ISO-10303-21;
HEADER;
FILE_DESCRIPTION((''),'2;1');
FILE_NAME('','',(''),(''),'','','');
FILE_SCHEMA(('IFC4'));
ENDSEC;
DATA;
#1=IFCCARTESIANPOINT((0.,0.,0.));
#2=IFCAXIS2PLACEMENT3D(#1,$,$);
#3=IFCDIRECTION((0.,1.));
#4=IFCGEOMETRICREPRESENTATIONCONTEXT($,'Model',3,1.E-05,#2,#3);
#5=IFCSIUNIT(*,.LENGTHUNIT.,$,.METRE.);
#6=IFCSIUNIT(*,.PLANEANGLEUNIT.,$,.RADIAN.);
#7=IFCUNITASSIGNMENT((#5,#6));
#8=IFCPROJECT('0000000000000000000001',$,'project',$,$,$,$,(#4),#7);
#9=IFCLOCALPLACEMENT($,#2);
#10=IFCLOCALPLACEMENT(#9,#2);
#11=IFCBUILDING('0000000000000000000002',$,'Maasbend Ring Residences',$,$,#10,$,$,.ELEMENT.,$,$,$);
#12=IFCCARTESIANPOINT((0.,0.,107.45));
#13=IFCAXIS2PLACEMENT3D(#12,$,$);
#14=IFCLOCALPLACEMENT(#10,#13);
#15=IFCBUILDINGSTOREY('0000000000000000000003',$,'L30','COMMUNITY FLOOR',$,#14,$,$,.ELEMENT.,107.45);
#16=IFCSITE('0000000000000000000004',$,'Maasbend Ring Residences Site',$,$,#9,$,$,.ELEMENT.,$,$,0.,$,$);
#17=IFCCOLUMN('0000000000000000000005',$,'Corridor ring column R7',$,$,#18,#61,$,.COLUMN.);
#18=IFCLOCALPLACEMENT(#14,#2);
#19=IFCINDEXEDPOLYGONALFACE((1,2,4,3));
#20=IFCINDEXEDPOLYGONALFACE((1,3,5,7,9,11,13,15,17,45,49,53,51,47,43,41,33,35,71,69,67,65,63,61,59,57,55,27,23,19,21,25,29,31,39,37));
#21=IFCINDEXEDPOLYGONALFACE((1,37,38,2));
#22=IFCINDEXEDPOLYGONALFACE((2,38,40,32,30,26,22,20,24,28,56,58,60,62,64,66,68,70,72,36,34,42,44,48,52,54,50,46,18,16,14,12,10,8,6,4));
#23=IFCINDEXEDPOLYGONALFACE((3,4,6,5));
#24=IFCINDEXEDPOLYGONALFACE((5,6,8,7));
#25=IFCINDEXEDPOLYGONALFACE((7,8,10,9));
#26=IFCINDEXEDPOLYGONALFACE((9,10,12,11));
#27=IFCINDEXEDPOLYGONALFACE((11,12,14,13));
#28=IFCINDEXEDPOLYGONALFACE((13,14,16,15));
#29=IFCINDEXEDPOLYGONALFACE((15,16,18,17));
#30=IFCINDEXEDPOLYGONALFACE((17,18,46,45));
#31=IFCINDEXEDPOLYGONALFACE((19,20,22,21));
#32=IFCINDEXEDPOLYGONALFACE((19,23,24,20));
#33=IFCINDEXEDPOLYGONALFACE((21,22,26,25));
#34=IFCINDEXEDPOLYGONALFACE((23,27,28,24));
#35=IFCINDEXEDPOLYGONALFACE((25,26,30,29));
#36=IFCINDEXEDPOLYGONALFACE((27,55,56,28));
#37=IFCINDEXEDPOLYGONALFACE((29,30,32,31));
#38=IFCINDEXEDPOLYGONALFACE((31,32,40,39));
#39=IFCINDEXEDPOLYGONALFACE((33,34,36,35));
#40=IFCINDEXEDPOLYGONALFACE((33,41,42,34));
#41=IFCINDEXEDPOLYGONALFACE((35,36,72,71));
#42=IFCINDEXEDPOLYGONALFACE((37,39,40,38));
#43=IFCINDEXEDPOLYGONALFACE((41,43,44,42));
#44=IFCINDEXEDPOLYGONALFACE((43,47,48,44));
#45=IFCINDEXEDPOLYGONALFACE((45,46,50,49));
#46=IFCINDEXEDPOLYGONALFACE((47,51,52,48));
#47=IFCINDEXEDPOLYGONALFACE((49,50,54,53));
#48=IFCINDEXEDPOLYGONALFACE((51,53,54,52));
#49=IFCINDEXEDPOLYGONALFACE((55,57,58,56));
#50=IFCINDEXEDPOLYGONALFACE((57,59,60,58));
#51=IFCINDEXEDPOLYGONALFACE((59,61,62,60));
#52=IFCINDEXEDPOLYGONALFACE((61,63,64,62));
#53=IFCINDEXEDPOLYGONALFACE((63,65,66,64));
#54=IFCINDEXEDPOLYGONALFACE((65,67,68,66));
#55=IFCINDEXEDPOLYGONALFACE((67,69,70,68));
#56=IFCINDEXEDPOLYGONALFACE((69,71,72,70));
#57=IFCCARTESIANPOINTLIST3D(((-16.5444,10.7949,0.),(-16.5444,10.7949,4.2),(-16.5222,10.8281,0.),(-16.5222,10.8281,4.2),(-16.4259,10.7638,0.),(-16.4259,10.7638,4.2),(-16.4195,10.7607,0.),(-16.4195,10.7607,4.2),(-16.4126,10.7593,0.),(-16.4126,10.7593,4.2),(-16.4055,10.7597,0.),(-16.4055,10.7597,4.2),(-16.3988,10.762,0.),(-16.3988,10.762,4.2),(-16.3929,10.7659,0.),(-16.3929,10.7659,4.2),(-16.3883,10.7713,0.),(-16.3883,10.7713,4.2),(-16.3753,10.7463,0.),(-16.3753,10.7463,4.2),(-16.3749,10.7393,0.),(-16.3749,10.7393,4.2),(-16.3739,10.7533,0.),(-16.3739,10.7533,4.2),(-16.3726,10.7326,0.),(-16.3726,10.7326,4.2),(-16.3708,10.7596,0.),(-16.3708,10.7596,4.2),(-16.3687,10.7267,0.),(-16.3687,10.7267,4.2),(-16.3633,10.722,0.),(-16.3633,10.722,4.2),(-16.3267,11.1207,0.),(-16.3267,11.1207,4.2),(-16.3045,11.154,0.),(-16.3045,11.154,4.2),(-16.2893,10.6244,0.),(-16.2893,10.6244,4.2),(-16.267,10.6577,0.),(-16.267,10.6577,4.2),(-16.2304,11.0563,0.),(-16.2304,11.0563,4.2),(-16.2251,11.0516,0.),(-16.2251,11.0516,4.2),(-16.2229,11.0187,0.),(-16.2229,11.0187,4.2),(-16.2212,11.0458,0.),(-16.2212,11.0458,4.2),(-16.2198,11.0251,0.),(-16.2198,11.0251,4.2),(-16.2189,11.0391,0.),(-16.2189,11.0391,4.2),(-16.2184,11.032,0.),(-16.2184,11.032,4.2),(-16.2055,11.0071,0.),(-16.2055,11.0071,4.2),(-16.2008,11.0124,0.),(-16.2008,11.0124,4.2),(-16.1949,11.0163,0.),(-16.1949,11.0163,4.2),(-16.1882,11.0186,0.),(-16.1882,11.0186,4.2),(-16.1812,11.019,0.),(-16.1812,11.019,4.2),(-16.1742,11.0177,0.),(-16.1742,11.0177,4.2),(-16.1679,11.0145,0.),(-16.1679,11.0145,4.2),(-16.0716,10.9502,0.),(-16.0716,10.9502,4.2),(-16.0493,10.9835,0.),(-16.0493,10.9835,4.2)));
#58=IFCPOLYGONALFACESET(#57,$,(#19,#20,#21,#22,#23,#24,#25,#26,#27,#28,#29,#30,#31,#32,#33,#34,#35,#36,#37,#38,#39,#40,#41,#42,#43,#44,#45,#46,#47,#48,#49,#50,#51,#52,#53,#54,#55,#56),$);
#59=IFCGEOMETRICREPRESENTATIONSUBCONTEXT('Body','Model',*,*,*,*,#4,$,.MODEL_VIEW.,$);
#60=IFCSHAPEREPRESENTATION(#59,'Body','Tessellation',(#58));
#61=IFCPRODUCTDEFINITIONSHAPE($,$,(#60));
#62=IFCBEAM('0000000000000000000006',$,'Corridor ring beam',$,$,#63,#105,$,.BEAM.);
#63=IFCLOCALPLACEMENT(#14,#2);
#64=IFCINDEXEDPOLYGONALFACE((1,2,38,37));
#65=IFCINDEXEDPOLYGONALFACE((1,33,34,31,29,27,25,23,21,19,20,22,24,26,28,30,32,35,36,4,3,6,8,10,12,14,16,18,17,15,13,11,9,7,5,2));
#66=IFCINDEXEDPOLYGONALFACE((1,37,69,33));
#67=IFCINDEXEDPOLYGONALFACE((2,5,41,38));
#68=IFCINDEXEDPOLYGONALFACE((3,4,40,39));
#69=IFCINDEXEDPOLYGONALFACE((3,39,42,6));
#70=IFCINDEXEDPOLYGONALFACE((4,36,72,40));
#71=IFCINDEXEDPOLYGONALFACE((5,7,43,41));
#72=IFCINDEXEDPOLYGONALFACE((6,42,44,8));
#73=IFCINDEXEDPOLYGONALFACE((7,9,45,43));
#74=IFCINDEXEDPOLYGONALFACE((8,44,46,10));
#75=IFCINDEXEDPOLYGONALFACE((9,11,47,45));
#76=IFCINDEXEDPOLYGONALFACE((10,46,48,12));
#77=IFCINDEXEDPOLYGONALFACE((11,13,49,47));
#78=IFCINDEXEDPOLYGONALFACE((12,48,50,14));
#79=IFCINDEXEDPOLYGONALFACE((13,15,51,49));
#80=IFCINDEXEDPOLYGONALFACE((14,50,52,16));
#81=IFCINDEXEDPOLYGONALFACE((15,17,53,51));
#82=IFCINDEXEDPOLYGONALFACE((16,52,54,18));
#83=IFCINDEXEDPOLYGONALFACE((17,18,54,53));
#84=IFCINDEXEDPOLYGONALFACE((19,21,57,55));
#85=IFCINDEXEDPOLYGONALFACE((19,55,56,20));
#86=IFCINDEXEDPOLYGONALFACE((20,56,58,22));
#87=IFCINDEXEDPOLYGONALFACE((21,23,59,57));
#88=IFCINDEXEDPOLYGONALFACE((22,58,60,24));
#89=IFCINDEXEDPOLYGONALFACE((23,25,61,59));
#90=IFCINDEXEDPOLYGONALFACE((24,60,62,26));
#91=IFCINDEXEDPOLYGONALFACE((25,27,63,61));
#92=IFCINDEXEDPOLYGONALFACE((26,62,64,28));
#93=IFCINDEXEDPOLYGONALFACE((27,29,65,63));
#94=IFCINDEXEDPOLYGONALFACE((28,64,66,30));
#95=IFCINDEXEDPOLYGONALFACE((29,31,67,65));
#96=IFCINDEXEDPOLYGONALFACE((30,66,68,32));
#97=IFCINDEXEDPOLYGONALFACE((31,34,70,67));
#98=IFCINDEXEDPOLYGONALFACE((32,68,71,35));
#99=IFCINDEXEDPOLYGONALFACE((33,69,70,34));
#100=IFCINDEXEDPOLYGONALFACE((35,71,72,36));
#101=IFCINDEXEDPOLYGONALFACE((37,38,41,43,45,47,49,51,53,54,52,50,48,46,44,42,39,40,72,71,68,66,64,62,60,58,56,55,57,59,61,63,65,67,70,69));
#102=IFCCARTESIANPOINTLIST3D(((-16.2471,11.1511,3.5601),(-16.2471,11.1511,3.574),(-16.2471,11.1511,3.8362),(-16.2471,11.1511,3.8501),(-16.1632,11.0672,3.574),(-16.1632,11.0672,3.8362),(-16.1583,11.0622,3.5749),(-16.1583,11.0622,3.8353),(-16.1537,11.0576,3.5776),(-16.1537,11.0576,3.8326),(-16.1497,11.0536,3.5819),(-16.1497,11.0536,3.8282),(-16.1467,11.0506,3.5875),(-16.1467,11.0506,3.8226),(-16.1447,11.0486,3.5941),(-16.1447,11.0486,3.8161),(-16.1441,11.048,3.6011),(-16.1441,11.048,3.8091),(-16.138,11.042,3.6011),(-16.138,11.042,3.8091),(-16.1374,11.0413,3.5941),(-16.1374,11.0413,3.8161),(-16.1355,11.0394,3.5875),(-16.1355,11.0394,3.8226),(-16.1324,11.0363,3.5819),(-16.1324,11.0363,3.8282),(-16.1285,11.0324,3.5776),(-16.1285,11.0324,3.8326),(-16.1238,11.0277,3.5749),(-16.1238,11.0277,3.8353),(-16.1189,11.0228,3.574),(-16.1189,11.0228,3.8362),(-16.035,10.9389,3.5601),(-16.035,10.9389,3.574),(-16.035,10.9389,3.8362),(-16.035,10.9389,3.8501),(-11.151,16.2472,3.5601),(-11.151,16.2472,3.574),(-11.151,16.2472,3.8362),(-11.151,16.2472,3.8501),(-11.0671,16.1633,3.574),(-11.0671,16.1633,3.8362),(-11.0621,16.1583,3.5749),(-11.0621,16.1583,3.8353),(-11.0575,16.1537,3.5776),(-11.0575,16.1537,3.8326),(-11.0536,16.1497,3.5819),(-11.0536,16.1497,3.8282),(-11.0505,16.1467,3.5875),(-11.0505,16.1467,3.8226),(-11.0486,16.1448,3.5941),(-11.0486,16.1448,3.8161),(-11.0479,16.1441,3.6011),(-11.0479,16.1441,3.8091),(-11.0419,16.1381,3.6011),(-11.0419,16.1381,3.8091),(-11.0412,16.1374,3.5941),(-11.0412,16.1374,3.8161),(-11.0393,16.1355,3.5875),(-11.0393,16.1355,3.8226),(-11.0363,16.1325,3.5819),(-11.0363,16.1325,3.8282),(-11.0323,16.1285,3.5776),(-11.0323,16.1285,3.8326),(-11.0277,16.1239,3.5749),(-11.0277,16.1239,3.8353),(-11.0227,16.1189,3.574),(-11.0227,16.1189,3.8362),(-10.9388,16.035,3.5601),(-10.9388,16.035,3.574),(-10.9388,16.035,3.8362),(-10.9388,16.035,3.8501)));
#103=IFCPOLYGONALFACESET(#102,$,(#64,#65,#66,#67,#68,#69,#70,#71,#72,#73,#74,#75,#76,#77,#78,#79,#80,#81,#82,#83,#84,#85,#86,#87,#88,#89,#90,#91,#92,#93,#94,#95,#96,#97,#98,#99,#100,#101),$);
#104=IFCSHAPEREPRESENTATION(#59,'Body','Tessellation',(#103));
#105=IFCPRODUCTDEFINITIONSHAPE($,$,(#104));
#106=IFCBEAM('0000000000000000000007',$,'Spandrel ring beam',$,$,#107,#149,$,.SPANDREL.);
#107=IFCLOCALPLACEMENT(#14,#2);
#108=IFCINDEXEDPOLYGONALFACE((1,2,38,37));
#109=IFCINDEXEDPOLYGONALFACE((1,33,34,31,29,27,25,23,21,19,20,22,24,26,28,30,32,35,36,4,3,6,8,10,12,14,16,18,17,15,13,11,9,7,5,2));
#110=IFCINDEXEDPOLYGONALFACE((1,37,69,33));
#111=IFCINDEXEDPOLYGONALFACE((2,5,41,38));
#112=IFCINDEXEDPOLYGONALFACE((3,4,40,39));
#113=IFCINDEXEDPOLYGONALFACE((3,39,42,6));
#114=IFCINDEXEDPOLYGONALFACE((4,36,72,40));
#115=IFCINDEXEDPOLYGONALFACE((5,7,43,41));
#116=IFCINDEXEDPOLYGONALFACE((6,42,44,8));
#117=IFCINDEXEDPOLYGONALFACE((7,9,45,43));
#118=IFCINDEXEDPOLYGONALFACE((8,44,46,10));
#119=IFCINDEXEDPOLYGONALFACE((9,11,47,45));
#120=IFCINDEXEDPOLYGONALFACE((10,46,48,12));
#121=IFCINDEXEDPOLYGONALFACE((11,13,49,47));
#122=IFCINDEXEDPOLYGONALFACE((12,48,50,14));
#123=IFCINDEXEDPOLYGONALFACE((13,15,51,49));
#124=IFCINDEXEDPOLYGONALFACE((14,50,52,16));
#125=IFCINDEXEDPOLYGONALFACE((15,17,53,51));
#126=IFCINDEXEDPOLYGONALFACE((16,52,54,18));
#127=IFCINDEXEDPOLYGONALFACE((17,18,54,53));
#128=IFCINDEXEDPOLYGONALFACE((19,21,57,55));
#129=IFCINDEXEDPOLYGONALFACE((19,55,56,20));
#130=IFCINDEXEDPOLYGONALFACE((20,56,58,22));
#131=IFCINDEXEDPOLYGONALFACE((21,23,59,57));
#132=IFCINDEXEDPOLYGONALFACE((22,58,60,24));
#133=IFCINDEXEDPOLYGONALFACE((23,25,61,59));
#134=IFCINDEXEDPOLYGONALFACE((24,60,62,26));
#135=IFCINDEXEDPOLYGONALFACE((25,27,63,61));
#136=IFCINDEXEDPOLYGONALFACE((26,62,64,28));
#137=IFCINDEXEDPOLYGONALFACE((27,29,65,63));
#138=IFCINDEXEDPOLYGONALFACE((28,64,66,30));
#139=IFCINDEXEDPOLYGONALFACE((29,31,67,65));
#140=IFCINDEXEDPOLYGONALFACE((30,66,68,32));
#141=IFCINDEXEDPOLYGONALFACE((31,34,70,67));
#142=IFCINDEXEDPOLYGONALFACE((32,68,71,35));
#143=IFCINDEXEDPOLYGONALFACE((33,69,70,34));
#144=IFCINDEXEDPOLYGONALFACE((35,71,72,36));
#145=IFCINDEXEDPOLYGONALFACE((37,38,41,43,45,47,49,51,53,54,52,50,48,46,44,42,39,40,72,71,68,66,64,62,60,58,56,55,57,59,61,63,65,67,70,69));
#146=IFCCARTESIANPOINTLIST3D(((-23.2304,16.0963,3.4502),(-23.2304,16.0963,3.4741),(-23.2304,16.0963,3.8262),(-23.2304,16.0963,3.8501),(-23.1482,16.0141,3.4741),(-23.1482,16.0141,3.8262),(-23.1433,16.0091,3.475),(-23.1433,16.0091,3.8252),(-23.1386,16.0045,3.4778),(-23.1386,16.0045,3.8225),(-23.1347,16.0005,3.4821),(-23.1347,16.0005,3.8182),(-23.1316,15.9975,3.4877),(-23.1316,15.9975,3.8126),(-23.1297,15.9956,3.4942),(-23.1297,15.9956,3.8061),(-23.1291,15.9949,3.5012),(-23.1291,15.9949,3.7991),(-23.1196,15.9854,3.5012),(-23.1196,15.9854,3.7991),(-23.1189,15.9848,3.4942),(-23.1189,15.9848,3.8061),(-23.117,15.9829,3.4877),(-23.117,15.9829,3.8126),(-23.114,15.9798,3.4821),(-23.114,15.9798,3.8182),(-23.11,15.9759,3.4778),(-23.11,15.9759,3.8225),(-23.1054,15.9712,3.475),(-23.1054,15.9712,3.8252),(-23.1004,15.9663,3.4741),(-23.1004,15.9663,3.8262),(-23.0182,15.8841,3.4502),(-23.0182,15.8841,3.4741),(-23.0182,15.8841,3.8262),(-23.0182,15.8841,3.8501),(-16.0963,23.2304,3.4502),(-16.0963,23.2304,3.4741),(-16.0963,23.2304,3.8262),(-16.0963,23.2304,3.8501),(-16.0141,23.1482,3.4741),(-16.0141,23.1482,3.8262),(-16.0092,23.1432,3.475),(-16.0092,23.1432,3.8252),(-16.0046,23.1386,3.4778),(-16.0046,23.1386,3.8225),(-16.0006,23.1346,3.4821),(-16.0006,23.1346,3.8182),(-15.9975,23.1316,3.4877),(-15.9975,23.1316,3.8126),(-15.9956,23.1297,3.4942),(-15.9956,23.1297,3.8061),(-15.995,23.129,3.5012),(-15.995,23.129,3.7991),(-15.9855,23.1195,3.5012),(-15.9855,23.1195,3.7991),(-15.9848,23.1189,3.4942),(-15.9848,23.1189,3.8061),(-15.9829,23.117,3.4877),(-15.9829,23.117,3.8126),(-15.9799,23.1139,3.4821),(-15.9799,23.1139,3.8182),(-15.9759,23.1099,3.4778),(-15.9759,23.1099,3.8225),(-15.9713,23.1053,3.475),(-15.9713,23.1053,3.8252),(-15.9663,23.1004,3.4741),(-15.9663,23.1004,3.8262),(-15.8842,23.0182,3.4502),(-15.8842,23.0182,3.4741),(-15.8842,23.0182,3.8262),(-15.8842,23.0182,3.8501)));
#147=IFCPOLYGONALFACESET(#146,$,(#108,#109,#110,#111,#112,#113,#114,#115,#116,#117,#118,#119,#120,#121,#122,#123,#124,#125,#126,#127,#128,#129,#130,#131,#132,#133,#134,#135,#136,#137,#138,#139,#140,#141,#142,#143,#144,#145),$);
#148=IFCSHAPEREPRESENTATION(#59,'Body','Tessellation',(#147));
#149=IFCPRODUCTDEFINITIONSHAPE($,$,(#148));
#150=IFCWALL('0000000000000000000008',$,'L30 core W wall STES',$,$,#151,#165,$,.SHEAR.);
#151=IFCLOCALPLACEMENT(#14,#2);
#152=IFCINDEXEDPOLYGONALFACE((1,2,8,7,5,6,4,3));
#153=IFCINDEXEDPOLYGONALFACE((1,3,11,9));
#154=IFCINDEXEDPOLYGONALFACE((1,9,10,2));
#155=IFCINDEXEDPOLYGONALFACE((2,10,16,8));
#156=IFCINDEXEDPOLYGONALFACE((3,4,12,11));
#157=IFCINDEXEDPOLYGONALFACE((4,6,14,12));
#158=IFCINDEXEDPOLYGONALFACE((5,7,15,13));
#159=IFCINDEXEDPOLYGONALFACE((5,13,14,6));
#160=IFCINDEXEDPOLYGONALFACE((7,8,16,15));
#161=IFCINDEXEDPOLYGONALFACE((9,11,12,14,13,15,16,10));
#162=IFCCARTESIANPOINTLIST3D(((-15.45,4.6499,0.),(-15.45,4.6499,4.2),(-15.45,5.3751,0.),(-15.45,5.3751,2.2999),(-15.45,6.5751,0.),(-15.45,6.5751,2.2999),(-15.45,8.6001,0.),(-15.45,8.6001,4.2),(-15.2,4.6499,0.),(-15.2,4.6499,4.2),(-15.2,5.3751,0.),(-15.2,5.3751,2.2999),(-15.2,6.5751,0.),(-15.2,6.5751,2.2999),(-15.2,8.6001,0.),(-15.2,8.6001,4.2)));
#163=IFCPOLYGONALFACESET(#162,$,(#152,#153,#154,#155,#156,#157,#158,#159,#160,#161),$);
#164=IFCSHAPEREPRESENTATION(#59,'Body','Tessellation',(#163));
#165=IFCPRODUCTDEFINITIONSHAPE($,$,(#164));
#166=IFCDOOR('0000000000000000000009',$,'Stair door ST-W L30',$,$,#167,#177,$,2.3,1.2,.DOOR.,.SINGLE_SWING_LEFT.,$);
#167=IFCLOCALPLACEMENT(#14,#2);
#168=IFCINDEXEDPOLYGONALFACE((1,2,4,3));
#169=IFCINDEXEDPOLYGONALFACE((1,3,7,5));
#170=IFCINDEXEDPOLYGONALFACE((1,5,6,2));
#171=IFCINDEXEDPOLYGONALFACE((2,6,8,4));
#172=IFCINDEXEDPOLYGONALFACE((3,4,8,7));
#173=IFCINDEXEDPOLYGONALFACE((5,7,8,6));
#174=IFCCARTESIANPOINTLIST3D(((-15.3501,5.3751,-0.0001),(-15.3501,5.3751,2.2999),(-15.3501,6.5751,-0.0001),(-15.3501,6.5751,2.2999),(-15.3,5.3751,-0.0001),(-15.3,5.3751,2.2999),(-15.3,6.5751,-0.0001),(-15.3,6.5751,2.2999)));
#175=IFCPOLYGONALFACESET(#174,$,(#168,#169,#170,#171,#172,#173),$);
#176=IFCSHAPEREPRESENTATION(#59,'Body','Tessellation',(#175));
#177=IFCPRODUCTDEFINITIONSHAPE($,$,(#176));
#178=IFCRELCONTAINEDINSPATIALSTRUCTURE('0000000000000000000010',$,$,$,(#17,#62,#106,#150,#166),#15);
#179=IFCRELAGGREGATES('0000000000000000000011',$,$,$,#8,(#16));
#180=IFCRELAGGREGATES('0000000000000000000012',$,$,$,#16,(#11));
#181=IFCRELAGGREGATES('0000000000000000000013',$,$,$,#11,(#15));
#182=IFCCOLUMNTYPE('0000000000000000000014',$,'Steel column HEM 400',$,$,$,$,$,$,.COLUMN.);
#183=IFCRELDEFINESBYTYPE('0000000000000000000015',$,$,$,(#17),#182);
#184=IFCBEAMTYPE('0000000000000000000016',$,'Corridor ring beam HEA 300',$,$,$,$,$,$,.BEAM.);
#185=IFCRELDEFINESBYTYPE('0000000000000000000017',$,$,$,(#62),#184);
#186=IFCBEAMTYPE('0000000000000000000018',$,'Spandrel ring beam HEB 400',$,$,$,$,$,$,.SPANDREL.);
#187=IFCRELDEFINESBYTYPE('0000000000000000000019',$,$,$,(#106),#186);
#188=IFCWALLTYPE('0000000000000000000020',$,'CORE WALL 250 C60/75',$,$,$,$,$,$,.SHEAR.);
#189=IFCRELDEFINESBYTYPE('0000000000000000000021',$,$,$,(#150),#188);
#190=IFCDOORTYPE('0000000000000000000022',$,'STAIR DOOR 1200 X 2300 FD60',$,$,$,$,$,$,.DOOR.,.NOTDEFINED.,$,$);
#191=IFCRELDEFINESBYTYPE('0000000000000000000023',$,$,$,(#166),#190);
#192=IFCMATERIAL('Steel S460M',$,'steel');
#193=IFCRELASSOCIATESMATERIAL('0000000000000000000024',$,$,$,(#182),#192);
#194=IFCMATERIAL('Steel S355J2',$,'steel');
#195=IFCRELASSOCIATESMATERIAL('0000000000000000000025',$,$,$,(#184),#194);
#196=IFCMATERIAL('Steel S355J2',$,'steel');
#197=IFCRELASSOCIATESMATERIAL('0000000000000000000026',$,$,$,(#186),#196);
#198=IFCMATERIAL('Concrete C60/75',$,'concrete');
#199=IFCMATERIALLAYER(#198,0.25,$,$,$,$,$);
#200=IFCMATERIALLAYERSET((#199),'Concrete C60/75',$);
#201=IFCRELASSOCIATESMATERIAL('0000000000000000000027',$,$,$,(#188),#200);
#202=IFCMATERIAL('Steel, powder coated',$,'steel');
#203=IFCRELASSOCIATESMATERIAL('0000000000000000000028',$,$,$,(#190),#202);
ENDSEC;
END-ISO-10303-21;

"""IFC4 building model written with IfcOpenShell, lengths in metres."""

from ifc_helpers import new_model, si_unit, direction, frame, frame_2d, origin, origin_2d, place, context, subcontext, project, spatial, rectangle, i_section, extrude, material, layer, layer_set, material_profile, profile_set, type_object, element, fill, save


model = new_model("IFC4")

# Units and contexts
model_context = context("Model", 3, precision=1e-05, world=origin(), true_north=direction((0.0, 1.0)))
body_context = subcontext(model_context, "Body", "Model", "MODEL_VIEW")
ifc_project = project(units=[si_unit("LENGTHUNIT", "METRE"), si_unit("PLANEANGLEUNIT", "RADIAN")], contexts=[model_context])

# Site, building, storey
site_placement = place(None, origin())
site = spatial("IfcSite", under=ifc_project, at=site_placement, Name="Maasbend Ring Residences Site", CompositionType="ELEMENT", RefElevation=0.0)
building_placement = place(site_placement, origin())
building = spatial("IfcBuilding", under=site, at=building_placement, Name="Maasbend Ring Residences", CompositionType="ELEMENT")
storey_placement = place(building_placement, frame((0.0, 0.0, 107.45)))
storey = spatial("IfcBuildingStorey", under=building, at=storey_placement, Name="L30", Description="COMMUNITY FLOOR", CompositionType="ELEMENT", Elevation=107.45)

# Column
ifc_material_1 = material(Name="Steel S460M", Category="steel")
ifc_material_profile_1 = material_profile(ifc_material_1, i_section(OverallWidth=0.3069, OverallDepth=0.4319, WebThickness=0.021, FlangeThickness=0.04, FilletRadius=0.0271, at=origin_2d()), Name="HEM 400")
ifc_profile_set_1 = profile_set([ifc_material_profile_1], Name="Steel S460M")
column_type_1 = type_object("IfcColumnType", Name="Steel column HEM 400", PredefinedType="COLUMN", material=ifc_profile_set_1)
column_placement = place(storey_placement, frame((-16.2969, 10.8892, 0.0), z_axis=(0.0, 0.0, 1.0), x_axis=(-0.83147, 0.55557, 0.0)))
element("IfcColumn", 1, at=column_placement, inside=storey, type_object=column_type_1, Name="Corridor ring column R7", PredefinedType="COLUMN", context=body_context, shape_type="SweptSolid", body=[
    extrude(i_section(OverallWidth=0.3069, OverallDepth=0.4319, WebThickness=0.021, FlangeThickness=0.04, FilletRadius=0.0271, at=origin_2d()), origin(), (0.0, 0.0, 1.0), 4.2),
])

# Beams
ifc_material_2 = material(Name="Steel S355J2", Category="steel")
ifc_material_profile_2 = material_profile(ifc_material_2, i_section(OverallWidth=0.3, OverallDepth=0.29, WebThickness=0.0085, FlangeThickness=0.0139, FilletRadius=0.0271, at=origin_2d()), Name="HEA 300")
ifc_profile_set_2 = profile_set([ifc_material_profile_2], Name="Steel S355J2")
beam_type_1 = type_object("IfcBeamType", Name="Corridor ring beam HEA 300", PredefinedType="BEAM", material=ifc_profile_set_2)
beam_1_placement = place(storey_placement, frame((-11.0449, 16.1411, 3.7051), z_axis=(-0.707107, -0.707107, 0.0), x_axis=(0.707107, -0.707107, 0.0)))
element("IfcBeam", 2, at=beam_1_placement, inside=storey, type_object=beam_type_1, Name="Corridor ring beam", PredefinedType="BEAM", context=body_context, shape_type="SweptSolid", body=[
    extrude(i_section(OverallWidth=0.3, OverallDepth=0.29, WebThickness=0.0085, FlangeThickness=0.0139, FilletRadius=0.0271, at=origin_2d()), origin(), (0.0, 0.0, 1.0), 7.207),
])
ifc_material_3 = material(Name="Steel S355J2", Category="steel")
ifc_material_profile_3 = material_profile(ifc_material_3, i_section(OverallWidth=0.3, OverallDepth=0.3999, WebThickness=0.0134, FlangeThickness=0.0239, FilletRadius=0.0271, at=origin_2d()), Name="HEB 400")
ifc_profile_set_3 = profile_set([ifc_material_profile_3], Name="Steel S355J2")
beam_type_2 = type_object("IfcBeamType", Name="Spandrel ring beam HEB 400", PredefinedType="SPANDREL", material=ifc_profile_set_3)
beam_2_placement = place(storey_placement, frame((-15.9902, 23.1243, 3.6501), z_axis=(-0.707107, -0.707107, 0.0), x_axis=(0.707107, -0.707107, 0.0)))
element("IfcBeam", 3, at=beam_2_placement, inside=storey, type_object=beam_type_2, Name="Spandrel ring beam", PredefinedType="SPANDREL", context=body_context, shape_type="SweptSolid", body=[
    extrude(i_section(OverallWidth=0.3, OverallDepth=0.3999, WebThickness=0.0134, FlangeThickness=0.0239, FilletRadius=0.0271, at=origin_2d()), origin(), (0.0, 0.0, 1.0), 10.0891),
])

# Wall, opening, door
ifc_material_4 = material(Name="Concrete C60/75", Category="concrete")
ifc_layer_1 = layer(ifc_material_4, 0.25)
ifc_layer_set_1 = layer_set([ifc_layer_1], Name="Concrete C60/75")
wall_type_1 = type_object("IfcWallType", Name="CORE WALL 250 C60/75", PredefinedType="SHEAR", material=ifc_layer_set_1)
wall_1_placement = place(storey_placement, frame((-15.325, 8.6001, 0.0), z_axis=(0.0, 0.0, 1.0), x_axis=(0.0, -1.0, 0.0)))
wall_1 = element("IfcWall", 4, at=wall_1_placement, inside=storey, type_object=wall_type_1, Name="L30 core W wall STES", PredefinedType="SHEAR", context=body_context, shape_type="SweptSolid", body=[
    extrude(rectangle(XDim=3.9502, YDim=0.25, at=frame_2d((1.9751, 0.0))), origin(), (0.0, 0.0, 1.0), 4.2),
])
opening_1_placement = place(wall_1_placement, frame((2.0249, 0.0, 0.0)))
opening_1 = element("IfcOpeningElement", 5, at=opening_1_placement, cuts=wall_1, PredefinedType="OPENING", context=body_context, shape_type="SweptSolid", body=[
    extrude(rectangle(XDim=1.2, YDim=2.3, at=frame_2d((0.6001, 1.1499))), frame((0.0, 0.135, 0.0), z_axis=(0.0, -1.0, 0.0), x_axis=(1.0, 0.0, 0.0)), (0.0, 0.0, 1.0), 0.27),
])
ifc_material_5 = material(Name="Steel, powder coated", Category="steel")
door_type_1 = type_object("IfcDoorType", Name="STAIR DOOR 1200 X 2300 FD60", OperationType="NOTDEFINED", PredefinedType="DOOR", material=ifc_material_5)
door_1_placement = place(opening_1_placement, origin())
door_1 = element("IfcDoor", 6, at=door_1_placement, inside=storey, type_object=door_type_1, Name="Stair door ST-W L30", OperationType="SINGLE_SWING_LEFT", OverallHeight=2.3, OverallWidth=1.2, PredefinedType="DOOR", context=body_context, shape_type="SweptSolid", body=[
    extrude(rectangle(XDim=1.2, YDim=2.3, at=frame_2d((0.6001, 1.1499))), frame((0.0, 0.0249, 0.0), z_axis=(0.0, -1.0, 0.0), x_axis=(1.0, 0.0, 0.0)), (0.0, 0.0, 1.0), 0.05),
])
fill(opening_1, door_1)

save(model, "model.ifc")
